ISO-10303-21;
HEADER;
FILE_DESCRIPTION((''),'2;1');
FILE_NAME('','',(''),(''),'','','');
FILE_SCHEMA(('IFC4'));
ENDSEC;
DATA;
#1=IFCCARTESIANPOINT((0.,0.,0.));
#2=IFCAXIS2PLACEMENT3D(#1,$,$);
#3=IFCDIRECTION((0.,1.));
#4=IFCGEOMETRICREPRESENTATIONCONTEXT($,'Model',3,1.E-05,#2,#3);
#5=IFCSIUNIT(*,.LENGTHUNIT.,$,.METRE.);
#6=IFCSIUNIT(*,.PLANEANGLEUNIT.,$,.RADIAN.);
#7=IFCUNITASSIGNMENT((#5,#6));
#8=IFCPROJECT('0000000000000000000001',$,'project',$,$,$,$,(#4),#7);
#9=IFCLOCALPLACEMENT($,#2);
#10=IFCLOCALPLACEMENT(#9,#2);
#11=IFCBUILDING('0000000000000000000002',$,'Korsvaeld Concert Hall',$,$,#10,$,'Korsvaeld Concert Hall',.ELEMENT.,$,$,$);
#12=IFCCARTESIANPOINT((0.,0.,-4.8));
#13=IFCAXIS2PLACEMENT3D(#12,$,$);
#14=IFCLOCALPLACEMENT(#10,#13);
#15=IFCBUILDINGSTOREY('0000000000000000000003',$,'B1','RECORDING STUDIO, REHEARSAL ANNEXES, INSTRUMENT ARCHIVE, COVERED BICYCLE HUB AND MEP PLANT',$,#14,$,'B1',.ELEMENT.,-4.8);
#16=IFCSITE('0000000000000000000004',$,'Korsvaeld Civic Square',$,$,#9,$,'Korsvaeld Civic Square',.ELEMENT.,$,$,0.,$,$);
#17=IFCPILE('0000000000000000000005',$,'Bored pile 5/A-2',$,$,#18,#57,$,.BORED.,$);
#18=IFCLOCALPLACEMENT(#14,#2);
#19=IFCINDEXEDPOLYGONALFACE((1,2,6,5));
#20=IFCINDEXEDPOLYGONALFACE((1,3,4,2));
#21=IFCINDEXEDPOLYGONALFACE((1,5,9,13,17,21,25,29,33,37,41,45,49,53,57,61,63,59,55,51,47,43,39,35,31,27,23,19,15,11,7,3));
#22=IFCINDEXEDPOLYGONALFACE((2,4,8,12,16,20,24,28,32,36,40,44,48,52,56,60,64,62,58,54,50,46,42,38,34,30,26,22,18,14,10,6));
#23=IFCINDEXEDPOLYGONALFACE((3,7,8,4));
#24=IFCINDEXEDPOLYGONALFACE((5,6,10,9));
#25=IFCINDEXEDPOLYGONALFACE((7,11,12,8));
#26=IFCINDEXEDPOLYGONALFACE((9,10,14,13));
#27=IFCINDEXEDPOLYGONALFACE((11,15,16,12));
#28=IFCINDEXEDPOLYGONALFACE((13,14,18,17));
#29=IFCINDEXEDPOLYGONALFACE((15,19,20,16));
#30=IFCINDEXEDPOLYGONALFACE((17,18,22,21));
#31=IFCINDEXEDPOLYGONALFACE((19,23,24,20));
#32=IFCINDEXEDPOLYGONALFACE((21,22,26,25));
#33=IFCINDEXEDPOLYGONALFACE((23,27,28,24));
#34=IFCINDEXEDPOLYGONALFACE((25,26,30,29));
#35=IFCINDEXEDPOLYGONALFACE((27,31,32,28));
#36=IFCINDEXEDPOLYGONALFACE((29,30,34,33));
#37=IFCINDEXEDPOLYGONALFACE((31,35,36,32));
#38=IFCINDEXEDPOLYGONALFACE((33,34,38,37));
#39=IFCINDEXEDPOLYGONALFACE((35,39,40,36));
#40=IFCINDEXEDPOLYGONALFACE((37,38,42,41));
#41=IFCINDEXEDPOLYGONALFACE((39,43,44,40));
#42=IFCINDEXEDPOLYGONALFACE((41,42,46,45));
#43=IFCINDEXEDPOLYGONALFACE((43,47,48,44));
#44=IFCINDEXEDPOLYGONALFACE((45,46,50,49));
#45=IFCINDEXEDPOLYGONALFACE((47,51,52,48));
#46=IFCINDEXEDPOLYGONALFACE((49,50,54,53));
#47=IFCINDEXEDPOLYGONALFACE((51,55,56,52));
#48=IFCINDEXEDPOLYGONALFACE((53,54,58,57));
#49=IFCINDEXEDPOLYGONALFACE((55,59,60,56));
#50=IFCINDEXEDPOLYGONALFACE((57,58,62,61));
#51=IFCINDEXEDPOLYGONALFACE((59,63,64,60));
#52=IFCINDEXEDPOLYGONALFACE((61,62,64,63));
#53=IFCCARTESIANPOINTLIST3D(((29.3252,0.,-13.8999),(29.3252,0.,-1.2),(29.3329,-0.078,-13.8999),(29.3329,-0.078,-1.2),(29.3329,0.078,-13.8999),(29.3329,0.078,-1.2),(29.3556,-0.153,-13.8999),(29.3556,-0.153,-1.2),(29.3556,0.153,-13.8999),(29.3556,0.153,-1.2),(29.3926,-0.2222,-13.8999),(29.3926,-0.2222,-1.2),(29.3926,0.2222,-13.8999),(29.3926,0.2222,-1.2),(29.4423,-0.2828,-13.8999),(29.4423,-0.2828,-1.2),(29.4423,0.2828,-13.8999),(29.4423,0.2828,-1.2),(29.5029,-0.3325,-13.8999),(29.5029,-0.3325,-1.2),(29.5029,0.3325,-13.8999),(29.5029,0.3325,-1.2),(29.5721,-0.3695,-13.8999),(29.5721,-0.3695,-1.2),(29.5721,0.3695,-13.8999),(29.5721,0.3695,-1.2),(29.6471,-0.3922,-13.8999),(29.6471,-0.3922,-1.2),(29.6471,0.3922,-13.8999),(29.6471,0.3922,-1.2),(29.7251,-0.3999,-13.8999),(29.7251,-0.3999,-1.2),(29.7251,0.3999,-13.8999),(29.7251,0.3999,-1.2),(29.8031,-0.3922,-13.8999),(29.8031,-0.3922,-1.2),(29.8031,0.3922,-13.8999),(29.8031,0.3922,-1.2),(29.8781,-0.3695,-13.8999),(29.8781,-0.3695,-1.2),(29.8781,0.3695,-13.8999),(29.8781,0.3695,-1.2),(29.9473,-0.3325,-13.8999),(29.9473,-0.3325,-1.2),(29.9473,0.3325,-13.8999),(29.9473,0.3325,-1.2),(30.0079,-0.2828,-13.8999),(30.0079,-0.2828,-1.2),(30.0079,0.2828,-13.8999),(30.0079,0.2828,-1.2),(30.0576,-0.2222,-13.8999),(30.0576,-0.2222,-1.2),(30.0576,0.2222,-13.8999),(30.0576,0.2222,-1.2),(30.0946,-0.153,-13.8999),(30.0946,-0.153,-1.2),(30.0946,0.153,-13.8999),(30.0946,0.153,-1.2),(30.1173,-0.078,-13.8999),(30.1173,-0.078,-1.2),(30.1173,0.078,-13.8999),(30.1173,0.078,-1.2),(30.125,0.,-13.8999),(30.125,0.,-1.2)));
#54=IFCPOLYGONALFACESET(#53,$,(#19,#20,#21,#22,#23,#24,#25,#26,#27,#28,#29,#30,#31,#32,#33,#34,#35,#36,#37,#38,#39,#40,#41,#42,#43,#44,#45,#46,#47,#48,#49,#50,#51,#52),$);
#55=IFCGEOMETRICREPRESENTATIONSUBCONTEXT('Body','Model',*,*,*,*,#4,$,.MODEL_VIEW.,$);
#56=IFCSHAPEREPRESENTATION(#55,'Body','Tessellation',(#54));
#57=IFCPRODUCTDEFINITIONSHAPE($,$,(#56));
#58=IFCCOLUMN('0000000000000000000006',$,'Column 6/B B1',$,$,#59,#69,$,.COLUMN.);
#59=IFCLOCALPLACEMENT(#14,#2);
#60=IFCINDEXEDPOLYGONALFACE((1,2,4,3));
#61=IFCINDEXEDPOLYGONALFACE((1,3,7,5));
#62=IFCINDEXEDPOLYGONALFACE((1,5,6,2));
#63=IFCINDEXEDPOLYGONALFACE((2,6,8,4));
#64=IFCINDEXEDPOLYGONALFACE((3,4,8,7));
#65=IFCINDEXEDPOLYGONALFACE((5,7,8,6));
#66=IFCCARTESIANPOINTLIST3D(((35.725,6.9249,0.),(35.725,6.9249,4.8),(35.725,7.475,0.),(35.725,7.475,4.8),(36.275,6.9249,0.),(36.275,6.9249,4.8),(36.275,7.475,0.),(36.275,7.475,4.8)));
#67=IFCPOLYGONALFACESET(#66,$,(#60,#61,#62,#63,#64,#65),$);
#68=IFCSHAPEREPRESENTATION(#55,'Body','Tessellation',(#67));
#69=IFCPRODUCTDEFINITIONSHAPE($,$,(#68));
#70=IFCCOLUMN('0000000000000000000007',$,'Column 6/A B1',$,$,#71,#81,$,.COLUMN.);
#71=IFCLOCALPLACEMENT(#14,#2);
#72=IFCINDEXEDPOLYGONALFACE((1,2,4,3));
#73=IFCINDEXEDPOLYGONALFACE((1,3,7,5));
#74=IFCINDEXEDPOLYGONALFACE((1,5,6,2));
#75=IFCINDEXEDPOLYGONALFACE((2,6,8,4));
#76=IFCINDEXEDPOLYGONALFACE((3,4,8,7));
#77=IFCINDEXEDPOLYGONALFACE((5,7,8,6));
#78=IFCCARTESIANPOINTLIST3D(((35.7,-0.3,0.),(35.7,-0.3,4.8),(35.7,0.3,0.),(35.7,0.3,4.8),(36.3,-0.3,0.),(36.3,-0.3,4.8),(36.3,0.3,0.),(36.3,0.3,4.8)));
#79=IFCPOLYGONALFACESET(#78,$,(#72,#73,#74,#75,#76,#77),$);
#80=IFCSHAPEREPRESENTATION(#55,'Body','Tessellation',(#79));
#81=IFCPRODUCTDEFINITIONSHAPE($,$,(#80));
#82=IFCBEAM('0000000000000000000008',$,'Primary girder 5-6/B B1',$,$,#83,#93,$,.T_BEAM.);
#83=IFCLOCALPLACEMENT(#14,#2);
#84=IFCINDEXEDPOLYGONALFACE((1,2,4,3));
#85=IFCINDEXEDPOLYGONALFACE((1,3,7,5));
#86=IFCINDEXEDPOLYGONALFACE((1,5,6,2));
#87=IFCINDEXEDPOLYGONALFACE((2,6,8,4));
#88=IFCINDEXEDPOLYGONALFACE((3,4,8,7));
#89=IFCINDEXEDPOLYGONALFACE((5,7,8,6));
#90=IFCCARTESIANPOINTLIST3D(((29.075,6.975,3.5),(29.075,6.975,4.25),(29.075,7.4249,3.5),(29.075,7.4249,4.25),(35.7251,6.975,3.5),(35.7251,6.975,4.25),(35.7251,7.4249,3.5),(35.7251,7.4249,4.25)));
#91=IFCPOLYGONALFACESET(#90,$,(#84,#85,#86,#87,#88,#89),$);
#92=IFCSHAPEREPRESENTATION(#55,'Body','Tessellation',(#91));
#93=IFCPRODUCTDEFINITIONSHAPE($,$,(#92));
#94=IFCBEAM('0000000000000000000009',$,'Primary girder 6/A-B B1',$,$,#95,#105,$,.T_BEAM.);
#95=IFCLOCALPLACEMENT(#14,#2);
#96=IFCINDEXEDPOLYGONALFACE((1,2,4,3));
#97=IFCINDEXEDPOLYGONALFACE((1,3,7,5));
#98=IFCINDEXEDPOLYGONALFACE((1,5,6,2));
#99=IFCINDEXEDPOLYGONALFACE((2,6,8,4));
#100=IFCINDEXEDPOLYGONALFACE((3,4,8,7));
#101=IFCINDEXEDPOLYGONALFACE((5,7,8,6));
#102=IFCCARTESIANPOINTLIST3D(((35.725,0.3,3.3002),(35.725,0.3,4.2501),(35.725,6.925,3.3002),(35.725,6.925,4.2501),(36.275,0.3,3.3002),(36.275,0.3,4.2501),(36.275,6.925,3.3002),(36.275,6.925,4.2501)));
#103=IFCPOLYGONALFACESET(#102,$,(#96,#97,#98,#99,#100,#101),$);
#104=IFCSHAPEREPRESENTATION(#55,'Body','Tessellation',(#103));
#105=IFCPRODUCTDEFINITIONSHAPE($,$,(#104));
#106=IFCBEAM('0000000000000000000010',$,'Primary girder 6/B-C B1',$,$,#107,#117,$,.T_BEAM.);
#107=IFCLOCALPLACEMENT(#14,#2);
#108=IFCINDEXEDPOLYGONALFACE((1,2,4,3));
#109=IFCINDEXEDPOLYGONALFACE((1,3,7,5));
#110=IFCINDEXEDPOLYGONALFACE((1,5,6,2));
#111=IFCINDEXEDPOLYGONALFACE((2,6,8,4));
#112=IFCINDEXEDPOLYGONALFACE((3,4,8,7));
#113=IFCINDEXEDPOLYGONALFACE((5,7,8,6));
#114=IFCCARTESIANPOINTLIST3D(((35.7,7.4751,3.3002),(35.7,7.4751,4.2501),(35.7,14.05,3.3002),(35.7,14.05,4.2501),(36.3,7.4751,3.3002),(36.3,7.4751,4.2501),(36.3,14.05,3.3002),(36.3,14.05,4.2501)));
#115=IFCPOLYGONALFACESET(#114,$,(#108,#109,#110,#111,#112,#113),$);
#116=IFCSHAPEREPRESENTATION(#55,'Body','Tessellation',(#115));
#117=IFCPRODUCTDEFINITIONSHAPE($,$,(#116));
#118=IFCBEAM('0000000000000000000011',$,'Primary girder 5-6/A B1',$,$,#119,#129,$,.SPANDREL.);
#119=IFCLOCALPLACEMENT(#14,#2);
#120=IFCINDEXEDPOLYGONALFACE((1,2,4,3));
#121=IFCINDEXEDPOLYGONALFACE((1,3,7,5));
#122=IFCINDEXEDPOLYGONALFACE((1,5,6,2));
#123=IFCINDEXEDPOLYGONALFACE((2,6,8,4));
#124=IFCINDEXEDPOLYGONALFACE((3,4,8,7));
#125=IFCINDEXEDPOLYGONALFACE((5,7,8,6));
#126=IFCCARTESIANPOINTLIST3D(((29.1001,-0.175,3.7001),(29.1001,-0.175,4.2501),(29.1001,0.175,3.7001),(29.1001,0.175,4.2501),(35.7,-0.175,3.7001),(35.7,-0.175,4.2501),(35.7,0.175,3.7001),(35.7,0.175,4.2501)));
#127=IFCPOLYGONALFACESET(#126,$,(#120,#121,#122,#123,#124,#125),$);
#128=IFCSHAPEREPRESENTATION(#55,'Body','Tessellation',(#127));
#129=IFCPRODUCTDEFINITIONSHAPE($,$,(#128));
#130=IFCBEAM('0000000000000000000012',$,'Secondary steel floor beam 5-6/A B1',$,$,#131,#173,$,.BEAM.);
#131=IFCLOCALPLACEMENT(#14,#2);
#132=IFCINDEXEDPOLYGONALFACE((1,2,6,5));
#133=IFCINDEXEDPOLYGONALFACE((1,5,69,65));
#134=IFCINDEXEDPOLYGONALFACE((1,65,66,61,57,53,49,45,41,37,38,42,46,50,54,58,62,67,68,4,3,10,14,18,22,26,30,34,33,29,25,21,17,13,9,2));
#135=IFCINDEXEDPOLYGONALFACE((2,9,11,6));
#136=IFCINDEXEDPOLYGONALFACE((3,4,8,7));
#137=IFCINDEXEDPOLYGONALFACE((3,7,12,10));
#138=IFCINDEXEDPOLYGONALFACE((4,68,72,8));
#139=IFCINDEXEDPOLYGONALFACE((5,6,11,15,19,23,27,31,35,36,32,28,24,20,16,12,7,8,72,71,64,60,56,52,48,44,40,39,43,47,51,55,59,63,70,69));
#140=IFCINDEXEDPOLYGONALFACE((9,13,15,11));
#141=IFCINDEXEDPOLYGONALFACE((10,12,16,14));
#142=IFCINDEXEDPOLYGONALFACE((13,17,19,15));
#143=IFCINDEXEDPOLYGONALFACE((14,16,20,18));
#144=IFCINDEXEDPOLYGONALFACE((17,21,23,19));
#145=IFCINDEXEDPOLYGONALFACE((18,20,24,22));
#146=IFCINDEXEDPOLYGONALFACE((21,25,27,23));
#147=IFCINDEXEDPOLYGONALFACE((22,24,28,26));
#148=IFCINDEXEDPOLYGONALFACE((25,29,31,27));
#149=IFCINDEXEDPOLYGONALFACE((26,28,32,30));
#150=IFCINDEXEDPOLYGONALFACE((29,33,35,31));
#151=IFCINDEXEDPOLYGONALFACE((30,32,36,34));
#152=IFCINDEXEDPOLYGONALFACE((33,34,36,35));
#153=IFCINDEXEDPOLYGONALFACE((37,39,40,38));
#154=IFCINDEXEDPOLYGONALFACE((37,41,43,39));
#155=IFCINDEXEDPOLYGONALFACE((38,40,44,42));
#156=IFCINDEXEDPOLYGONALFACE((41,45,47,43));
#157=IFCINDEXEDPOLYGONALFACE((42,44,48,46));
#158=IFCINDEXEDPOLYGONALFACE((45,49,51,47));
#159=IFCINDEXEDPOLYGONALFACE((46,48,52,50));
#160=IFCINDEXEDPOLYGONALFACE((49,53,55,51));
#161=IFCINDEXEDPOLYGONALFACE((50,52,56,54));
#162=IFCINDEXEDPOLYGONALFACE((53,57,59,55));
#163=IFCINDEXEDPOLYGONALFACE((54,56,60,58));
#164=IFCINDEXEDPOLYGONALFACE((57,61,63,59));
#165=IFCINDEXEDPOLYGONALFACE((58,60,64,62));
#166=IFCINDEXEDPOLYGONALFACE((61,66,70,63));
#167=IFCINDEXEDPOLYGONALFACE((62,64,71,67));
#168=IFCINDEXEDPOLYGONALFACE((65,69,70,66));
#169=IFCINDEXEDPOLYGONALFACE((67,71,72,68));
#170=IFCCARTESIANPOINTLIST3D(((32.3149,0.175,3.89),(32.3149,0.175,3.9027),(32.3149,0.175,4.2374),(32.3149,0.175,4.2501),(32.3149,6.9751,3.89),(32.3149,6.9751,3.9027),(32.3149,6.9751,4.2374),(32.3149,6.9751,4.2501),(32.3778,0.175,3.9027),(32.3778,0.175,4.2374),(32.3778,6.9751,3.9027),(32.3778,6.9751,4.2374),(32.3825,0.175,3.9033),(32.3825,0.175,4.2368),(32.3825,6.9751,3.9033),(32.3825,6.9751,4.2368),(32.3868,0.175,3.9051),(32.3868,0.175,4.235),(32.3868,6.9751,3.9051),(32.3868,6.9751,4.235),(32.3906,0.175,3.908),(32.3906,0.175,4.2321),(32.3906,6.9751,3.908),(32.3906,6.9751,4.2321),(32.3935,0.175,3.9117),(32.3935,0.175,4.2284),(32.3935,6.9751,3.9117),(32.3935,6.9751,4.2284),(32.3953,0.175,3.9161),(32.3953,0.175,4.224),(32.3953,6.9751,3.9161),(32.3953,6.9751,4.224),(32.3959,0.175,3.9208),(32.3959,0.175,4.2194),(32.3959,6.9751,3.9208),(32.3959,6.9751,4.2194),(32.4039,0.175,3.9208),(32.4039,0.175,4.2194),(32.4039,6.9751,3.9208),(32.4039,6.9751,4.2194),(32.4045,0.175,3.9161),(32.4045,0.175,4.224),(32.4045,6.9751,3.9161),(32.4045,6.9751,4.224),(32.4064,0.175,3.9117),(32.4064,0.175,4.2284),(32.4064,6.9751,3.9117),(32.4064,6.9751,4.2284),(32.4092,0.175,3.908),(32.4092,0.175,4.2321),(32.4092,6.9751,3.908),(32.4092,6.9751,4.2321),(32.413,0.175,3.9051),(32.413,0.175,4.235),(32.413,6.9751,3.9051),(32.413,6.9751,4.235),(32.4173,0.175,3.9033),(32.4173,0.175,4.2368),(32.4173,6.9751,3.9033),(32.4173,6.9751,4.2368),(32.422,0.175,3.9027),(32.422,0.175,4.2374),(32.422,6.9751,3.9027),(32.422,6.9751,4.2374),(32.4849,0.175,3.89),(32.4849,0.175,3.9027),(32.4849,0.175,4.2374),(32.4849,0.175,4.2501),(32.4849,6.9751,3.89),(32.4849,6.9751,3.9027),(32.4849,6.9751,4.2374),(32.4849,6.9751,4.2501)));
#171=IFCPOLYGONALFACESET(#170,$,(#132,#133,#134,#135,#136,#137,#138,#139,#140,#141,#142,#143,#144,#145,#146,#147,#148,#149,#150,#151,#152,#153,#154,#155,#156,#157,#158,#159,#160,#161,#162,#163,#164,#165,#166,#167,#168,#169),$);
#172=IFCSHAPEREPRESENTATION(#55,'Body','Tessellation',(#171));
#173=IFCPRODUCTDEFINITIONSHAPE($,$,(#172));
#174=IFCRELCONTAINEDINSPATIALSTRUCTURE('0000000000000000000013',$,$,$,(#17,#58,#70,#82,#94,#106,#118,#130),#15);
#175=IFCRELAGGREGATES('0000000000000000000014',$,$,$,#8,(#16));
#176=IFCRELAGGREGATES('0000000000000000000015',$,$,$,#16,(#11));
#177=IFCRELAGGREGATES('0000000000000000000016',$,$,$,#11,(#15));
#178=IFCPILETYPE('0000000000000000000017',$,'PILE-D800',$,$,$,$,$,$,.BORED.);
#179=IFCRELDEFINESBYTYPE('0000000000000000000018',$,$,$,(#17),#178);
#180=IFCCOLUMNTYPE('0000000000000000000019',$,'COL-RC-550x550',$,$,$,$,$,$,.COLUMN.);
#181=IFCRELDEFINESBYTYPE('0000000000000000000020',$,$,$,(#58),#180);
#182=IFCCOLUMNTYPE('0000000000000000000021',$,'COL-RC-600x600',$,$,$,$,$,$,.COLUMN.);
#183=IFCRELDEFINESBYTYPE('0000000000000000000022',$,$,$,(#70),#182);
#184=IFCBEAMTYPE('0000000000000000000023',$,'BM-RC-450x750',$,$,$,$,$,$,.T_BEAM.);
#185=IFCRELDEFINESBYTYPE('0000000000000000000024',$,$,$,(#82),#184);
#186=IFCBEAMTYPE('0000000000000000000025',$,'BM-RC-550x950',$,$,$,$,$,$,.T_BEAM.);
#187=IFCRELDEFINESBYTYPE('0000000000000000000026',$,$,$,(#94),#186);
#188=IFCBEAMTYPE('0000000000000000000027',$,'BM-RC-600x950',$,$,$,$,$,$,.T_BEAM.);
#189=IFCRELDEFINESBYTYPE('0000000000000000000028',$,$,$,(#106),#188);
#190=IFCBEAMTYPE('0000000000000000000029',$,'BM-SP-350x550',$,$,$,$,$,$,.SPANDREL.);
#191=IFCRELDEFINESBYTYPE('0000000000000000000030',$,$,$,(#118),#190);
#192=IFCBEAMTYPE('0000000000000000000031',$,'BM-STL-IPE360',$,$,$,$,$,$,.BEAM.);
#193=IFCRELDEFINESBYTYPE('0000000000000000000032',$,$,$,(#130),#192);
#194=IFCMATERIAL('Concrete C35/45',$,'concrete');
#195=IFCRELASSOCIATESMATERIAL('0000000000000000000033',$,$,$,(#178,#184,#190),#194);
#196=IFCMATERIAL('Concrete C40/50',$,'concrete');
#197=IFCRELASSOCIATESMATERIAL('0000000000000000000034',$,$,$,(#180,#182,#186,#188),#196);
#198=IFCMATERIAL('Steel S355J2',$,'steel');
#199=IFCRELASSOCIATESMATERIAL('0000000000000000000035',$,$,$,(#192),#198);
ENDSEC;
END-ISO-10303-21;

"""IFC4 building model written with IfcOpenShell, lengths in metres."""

from ifc_helpers import new_model, si_unit, direction, frame, origin, origin_2d, place, context, subcontext, project, spatial, rectangle, circle, i_section, extrude, material, material_profile, profile_set, type_object, element, save


model = new_model("IFC4")

# Units and contexts
model_context = context("Model", 3, precision=1e-05, world=origin(), true_north=direction((0.0, 1.0)))
body_context = subcontext(model_context, "Body", "Model", "MODEL_VIEW")
ifc_project = project(units=[si_unit("LENGTHUNIT", "METRE"), si_unit("PLANEANGLEUNIT", "RADIAN")], contexts=[model_context])

# Site, building, storey
site_placement = place(None, origin())
site = spatial("IfcSite", under=ifc_project, at=site_placement, Name="Korsvaeld Civic Square", LongName="Korsvaeld Civic Square", CompositionType="ELEMENT", RefElevation=0.0)
building_placement = place(site_placement, origin())
building = spatial("IfcBuilding", under=site, at=building_placement, Name="Korsvaeld Concert Hall", LongName="Korsvaeld Concert Hall", CompositionType="ELEMENT")
storey_placement = place(building_placement, frame((0.0, 0.0, -4.8)))
storey = spatial("IfcBuildingStorey", under=building, at=storey_placement, Name="B1", Description="RECORDING STUDIO, REHEARSAL ANNEXES, INSTRUMENT ARCHIVE, COVERED BICYCLE HUB AND MEP PLANT", LongName="B1", CompositionType="ELEMENT", Elevation=-4.8)

# Shared definitions
ifc_material_1 = material(Name="Concrete C35/45", Category="concrete")

# Pile
ifc_material_profile_1 = material_profile(ifc_material_1, circle(Radius=0.3999, at=origin_2d()), Name="BORED PILE D800")
ifc_profile_set_1 = profile_set([ifc_material_profile_1], Name="Concrete C35/45")
pile_type_1 = type_object("IfcPileType", Name="PILE-D800", PredefinedType="BORED", material=ifc_profile_set_1)
pile_1_placement = place(storey_placement, frame((29.7251, 0.0, -1.2), z_axis=(0.0, 0.0, -1.0), x_axis=(1.0, 0.0, 0.0)))
element("IfcPile", 1, at=pile_1_placement, inside=storey, type_object=pile_type_1, Name="Bored pile 5/A-2", PredefinedType="BORED", context=body_context, shape_type="SweptSolid", body=[
    extrude(circle(Radius=0.3999, at=origin_2d()), origin(), (0.0, 0.0, 1.0), 12.7),
])

# Columns
ifc_material_2 = material(Name="Concrete C40/50", Category="concrete")
ifc_material_profile_2 = material_profile(ifc_material_2, rectangle(XDim=0.55, YDim=0.55, at=origin_2d()), Name="RC 550x550")
ifc_profile_set_2 = profile_set([ifc_material_profile_2], Name="Concrete C40/50")
column_type_1 = type_object("IfcColumnType", Name="COL-RC-550x550", PredefinedType="COLUMN", material=ifc_profile_set_2)
column_1_placement = place(storey_placement, frame((36.0, 7.2, 0.0), z_axis=(0.0, 0.0, 1.0), x_axis=(1.0, 0.0, 0.0)))
element("IfcColumn", 2, at=column_1_placement, inside=storey, type_object=column_type_1, Name="Column 6/B B1", PredefinedType="COLUMN", context=body_context, shape_type="SweptSolid", body=[
    extrude(rectangle(XDim=0.55, YDim=0.55, at=origin_2d()), origin(), (0.0, 0.0, 1.0), 4.8),
])
ifc_material_profile_3 = material_profile(ifc_material_2, rectangle(XDim=0.6001, YDim=0.6001, at=origin_2d()), Name="RC 600x600")
ifc_profile_set_3 = profile_set([ifc_material_profile_3], Name="Concrete C40/50")
column_type_2 = type_object("IfcColumnType", Name="COL-RC-600x600", PredefinedType="COLUMN", material=ifc_profile_set_3)
column_2_placement = place(storey_placement, frame((36.0, 0.0, 0.0), z_axis=(0.0, 0.0, 1.0), x_axis=(1.0, 0.0, 0.0)))
element("IfcColumn", 3, at=column_2_placement, inside=storey, type_object=column_type_2, Name="Column 6/A B1", PredefinedType="COLUMN", context=body_context, shape_type="SweptSolid", body=[
    extrude(rectangle(XDim=0.6001, YDim=0.6001, at=origin_2d()), origin(), (0.0, 0.0, 1.0), 4.8),
])

# Beams
ifc_material_profile_4 = material_profile(ifc_material_1, rectangle(XDim=0.45, YDim=0.75, at=origin_2d()), Name="RC 450x750")
ifc_profile_set_4 = profile_set([ifc_material_profile_4], Name="Concrete C35/45")
beam_type_1 = type_object("IfcBeamType", Name="BM-RC-450x750", PredefinedType="T_BEAM", material=ifc_profile_set_4)
beam_1_placement = place(storey_placement, frame((29.075, 7.2, 3.875), z_axis=(1.0, 0.0, 0.0), x_axis=(0.0, 1.0, 0.0)))
element("IfcBeam", 4, at=beam_1_placement, inside=storey, type_object=beam_type_1, Name="Primary girder 5-6/B B1", PredefinedType="T_BEAM", context=body_context, shape_type="SweptSolid", body=[
    extrude(rectangle(XDim=0.45, YDim=0.75, at=origin_2d()), origin(), (0.0, 0.0, 1.0), 6.6501),
])
ifc_material_profile_5 = material_profile(ifc_material_2, rectangle(XDim=0.55, YDim=0.95, at=origin_2d()), Name="RC 550x950")
ifc_profile_set_5 = profile_set([ifc_material_profile_5], Name="Concrete C40/50")
beam_type_2 = type_object("IfcBeamType", Name="BM-RC-550x950", PredefinedType="T_BEAM", material=ifc_profile_set_5)
beam_2_placement = place(storey_placement, frame((36.0, 0.3, 3.7751), z_axis=(0.0, 1.0, 0.0), x_axis=(-1.0, 0.0, 0.0)))
element("IfcBeam", 5, at=beam_2_placement, inside=storey, type_object=beam_type_2, Name="Primary girder 6/A-B B1", PredefinedType="T_BEAM", context=body_context, shape_type="SweptSolid", body=[
    extrude(rectangle(XDim=0.55, YDim=0.95, at=origin_2d()), origin(), (0.0, 0.0, 1.0), 6.625),
])
ifc_material_profile_6 = material_profile(ifc_material_2, rectangle(XDim=0.6001, YDim=0.95, at=origin_2d()), Name="RC 600x950")
ifc_profile_set_6 = profile_set([ifc_material_profile_6], Name="Concrete C40/50")
beam_type_3 = type_object("IfcBeamType", Name="BM-RC-600x950", PredefinedType="T_BEAM", material=ifc_profile_set_6)
beam_3_placement = place(storey_placement, frame((36.0, 7.4751, 3.7751), z_axis=(0.0, 1.0, 0.0), x_axis=(-1.0, 0.0, 0.0)))
element("IfcBeam", 6, at=beam_3_placement, inside=storey, type_object=beam_type_3, Name="Primary girder 6/B-C B1", PredefinedType="T_BEAM", context=body_context, shape_type="SweptSolid", body=[
    extrude(rectangle(XDim=0.6001, YDim=0.95, at=origin_2d()), origin(), (0.0, 0.0, 1.0), 6.575),
])
ifc_material_profile_7 = material_profile(ifc_material_1, rectangle(XDim=0.3501, YDim=0.55, at=origin_2d()), Name="RC 350x550")
ifc_profile_set_7 = profile_set([ifc_material_profile_7], Name="Concrete C35/45")
beam_type_4 = type_object("IfcBeamType", Name="BM-SP-350x550", PredefinedType="SPANDREL", material=ifc_profile_set_7)
beam_4_placement = place(storey_placement, frame((29.1001, 0.0, 3.9751), z_axis=(1.0, 0.0, 0.0), x_axis=(0.0, 1.0, 0.0)))
element("IfcBeam", 7, at=beam_4_placement, inside=storey, type_object=beam_type_4, Name="Primary girder 5-6/A B1", PredefinedType="SPANDREL", context=body_context, shape_type="SweptSolid", body=[
    extrude(rectangle(XDim=0.3501, YDim=0.55, at=origin_2d()), origin(), (0.0, 0.0, 1.0), 6.5999),
])
ifc_material_3 = material(Name="Steel S355J2", Category="steel")
ifc_material_profile_8 = material_profile(ifc_material_3, i_section(OverallWidth=0.1699, OverallDepth=0.3601, WebThickness=0.0081, FlangeThickness=0.0127, FilletRadius=0.0181, at=origin_2d()), Name="IPE 360")
ifc_profile_set_8 = profile_set([ifc_material_profile_8], Name="Steel S355J2")
beam_type_5 = type_object("IfcBeamType", Name="BM-STL-IPE360", PredefinedType="BEAM", material=ifc_profile_set_8)
beam_5_placement = place(storey_placement, frame((32.3999, 0.175, 4.0701), z_axis=(0.0, 1.0, 0.0), x_axis=(-1.0, 0.0, 0.0)))
element("IfcBeam", 8, at=beam_5_placement, inside=storey, type_object=beam_type_5, Name="Secondary steel floor beam 5-6/A B1", PredefinedType="BEAM", context=body_context, shape_type="SweptSolid", body=[
    extrude(i_section(OverallWidth=0.1699, OverallDepth=0.3601, WebThickness=0.0081, FlangeThickness=0.0127, FilletRadius=0.0181, at=origin_2d()), origin(), (0.0, 0.0, 1.0), 6.8),
])

save(model, "model.ifc")
